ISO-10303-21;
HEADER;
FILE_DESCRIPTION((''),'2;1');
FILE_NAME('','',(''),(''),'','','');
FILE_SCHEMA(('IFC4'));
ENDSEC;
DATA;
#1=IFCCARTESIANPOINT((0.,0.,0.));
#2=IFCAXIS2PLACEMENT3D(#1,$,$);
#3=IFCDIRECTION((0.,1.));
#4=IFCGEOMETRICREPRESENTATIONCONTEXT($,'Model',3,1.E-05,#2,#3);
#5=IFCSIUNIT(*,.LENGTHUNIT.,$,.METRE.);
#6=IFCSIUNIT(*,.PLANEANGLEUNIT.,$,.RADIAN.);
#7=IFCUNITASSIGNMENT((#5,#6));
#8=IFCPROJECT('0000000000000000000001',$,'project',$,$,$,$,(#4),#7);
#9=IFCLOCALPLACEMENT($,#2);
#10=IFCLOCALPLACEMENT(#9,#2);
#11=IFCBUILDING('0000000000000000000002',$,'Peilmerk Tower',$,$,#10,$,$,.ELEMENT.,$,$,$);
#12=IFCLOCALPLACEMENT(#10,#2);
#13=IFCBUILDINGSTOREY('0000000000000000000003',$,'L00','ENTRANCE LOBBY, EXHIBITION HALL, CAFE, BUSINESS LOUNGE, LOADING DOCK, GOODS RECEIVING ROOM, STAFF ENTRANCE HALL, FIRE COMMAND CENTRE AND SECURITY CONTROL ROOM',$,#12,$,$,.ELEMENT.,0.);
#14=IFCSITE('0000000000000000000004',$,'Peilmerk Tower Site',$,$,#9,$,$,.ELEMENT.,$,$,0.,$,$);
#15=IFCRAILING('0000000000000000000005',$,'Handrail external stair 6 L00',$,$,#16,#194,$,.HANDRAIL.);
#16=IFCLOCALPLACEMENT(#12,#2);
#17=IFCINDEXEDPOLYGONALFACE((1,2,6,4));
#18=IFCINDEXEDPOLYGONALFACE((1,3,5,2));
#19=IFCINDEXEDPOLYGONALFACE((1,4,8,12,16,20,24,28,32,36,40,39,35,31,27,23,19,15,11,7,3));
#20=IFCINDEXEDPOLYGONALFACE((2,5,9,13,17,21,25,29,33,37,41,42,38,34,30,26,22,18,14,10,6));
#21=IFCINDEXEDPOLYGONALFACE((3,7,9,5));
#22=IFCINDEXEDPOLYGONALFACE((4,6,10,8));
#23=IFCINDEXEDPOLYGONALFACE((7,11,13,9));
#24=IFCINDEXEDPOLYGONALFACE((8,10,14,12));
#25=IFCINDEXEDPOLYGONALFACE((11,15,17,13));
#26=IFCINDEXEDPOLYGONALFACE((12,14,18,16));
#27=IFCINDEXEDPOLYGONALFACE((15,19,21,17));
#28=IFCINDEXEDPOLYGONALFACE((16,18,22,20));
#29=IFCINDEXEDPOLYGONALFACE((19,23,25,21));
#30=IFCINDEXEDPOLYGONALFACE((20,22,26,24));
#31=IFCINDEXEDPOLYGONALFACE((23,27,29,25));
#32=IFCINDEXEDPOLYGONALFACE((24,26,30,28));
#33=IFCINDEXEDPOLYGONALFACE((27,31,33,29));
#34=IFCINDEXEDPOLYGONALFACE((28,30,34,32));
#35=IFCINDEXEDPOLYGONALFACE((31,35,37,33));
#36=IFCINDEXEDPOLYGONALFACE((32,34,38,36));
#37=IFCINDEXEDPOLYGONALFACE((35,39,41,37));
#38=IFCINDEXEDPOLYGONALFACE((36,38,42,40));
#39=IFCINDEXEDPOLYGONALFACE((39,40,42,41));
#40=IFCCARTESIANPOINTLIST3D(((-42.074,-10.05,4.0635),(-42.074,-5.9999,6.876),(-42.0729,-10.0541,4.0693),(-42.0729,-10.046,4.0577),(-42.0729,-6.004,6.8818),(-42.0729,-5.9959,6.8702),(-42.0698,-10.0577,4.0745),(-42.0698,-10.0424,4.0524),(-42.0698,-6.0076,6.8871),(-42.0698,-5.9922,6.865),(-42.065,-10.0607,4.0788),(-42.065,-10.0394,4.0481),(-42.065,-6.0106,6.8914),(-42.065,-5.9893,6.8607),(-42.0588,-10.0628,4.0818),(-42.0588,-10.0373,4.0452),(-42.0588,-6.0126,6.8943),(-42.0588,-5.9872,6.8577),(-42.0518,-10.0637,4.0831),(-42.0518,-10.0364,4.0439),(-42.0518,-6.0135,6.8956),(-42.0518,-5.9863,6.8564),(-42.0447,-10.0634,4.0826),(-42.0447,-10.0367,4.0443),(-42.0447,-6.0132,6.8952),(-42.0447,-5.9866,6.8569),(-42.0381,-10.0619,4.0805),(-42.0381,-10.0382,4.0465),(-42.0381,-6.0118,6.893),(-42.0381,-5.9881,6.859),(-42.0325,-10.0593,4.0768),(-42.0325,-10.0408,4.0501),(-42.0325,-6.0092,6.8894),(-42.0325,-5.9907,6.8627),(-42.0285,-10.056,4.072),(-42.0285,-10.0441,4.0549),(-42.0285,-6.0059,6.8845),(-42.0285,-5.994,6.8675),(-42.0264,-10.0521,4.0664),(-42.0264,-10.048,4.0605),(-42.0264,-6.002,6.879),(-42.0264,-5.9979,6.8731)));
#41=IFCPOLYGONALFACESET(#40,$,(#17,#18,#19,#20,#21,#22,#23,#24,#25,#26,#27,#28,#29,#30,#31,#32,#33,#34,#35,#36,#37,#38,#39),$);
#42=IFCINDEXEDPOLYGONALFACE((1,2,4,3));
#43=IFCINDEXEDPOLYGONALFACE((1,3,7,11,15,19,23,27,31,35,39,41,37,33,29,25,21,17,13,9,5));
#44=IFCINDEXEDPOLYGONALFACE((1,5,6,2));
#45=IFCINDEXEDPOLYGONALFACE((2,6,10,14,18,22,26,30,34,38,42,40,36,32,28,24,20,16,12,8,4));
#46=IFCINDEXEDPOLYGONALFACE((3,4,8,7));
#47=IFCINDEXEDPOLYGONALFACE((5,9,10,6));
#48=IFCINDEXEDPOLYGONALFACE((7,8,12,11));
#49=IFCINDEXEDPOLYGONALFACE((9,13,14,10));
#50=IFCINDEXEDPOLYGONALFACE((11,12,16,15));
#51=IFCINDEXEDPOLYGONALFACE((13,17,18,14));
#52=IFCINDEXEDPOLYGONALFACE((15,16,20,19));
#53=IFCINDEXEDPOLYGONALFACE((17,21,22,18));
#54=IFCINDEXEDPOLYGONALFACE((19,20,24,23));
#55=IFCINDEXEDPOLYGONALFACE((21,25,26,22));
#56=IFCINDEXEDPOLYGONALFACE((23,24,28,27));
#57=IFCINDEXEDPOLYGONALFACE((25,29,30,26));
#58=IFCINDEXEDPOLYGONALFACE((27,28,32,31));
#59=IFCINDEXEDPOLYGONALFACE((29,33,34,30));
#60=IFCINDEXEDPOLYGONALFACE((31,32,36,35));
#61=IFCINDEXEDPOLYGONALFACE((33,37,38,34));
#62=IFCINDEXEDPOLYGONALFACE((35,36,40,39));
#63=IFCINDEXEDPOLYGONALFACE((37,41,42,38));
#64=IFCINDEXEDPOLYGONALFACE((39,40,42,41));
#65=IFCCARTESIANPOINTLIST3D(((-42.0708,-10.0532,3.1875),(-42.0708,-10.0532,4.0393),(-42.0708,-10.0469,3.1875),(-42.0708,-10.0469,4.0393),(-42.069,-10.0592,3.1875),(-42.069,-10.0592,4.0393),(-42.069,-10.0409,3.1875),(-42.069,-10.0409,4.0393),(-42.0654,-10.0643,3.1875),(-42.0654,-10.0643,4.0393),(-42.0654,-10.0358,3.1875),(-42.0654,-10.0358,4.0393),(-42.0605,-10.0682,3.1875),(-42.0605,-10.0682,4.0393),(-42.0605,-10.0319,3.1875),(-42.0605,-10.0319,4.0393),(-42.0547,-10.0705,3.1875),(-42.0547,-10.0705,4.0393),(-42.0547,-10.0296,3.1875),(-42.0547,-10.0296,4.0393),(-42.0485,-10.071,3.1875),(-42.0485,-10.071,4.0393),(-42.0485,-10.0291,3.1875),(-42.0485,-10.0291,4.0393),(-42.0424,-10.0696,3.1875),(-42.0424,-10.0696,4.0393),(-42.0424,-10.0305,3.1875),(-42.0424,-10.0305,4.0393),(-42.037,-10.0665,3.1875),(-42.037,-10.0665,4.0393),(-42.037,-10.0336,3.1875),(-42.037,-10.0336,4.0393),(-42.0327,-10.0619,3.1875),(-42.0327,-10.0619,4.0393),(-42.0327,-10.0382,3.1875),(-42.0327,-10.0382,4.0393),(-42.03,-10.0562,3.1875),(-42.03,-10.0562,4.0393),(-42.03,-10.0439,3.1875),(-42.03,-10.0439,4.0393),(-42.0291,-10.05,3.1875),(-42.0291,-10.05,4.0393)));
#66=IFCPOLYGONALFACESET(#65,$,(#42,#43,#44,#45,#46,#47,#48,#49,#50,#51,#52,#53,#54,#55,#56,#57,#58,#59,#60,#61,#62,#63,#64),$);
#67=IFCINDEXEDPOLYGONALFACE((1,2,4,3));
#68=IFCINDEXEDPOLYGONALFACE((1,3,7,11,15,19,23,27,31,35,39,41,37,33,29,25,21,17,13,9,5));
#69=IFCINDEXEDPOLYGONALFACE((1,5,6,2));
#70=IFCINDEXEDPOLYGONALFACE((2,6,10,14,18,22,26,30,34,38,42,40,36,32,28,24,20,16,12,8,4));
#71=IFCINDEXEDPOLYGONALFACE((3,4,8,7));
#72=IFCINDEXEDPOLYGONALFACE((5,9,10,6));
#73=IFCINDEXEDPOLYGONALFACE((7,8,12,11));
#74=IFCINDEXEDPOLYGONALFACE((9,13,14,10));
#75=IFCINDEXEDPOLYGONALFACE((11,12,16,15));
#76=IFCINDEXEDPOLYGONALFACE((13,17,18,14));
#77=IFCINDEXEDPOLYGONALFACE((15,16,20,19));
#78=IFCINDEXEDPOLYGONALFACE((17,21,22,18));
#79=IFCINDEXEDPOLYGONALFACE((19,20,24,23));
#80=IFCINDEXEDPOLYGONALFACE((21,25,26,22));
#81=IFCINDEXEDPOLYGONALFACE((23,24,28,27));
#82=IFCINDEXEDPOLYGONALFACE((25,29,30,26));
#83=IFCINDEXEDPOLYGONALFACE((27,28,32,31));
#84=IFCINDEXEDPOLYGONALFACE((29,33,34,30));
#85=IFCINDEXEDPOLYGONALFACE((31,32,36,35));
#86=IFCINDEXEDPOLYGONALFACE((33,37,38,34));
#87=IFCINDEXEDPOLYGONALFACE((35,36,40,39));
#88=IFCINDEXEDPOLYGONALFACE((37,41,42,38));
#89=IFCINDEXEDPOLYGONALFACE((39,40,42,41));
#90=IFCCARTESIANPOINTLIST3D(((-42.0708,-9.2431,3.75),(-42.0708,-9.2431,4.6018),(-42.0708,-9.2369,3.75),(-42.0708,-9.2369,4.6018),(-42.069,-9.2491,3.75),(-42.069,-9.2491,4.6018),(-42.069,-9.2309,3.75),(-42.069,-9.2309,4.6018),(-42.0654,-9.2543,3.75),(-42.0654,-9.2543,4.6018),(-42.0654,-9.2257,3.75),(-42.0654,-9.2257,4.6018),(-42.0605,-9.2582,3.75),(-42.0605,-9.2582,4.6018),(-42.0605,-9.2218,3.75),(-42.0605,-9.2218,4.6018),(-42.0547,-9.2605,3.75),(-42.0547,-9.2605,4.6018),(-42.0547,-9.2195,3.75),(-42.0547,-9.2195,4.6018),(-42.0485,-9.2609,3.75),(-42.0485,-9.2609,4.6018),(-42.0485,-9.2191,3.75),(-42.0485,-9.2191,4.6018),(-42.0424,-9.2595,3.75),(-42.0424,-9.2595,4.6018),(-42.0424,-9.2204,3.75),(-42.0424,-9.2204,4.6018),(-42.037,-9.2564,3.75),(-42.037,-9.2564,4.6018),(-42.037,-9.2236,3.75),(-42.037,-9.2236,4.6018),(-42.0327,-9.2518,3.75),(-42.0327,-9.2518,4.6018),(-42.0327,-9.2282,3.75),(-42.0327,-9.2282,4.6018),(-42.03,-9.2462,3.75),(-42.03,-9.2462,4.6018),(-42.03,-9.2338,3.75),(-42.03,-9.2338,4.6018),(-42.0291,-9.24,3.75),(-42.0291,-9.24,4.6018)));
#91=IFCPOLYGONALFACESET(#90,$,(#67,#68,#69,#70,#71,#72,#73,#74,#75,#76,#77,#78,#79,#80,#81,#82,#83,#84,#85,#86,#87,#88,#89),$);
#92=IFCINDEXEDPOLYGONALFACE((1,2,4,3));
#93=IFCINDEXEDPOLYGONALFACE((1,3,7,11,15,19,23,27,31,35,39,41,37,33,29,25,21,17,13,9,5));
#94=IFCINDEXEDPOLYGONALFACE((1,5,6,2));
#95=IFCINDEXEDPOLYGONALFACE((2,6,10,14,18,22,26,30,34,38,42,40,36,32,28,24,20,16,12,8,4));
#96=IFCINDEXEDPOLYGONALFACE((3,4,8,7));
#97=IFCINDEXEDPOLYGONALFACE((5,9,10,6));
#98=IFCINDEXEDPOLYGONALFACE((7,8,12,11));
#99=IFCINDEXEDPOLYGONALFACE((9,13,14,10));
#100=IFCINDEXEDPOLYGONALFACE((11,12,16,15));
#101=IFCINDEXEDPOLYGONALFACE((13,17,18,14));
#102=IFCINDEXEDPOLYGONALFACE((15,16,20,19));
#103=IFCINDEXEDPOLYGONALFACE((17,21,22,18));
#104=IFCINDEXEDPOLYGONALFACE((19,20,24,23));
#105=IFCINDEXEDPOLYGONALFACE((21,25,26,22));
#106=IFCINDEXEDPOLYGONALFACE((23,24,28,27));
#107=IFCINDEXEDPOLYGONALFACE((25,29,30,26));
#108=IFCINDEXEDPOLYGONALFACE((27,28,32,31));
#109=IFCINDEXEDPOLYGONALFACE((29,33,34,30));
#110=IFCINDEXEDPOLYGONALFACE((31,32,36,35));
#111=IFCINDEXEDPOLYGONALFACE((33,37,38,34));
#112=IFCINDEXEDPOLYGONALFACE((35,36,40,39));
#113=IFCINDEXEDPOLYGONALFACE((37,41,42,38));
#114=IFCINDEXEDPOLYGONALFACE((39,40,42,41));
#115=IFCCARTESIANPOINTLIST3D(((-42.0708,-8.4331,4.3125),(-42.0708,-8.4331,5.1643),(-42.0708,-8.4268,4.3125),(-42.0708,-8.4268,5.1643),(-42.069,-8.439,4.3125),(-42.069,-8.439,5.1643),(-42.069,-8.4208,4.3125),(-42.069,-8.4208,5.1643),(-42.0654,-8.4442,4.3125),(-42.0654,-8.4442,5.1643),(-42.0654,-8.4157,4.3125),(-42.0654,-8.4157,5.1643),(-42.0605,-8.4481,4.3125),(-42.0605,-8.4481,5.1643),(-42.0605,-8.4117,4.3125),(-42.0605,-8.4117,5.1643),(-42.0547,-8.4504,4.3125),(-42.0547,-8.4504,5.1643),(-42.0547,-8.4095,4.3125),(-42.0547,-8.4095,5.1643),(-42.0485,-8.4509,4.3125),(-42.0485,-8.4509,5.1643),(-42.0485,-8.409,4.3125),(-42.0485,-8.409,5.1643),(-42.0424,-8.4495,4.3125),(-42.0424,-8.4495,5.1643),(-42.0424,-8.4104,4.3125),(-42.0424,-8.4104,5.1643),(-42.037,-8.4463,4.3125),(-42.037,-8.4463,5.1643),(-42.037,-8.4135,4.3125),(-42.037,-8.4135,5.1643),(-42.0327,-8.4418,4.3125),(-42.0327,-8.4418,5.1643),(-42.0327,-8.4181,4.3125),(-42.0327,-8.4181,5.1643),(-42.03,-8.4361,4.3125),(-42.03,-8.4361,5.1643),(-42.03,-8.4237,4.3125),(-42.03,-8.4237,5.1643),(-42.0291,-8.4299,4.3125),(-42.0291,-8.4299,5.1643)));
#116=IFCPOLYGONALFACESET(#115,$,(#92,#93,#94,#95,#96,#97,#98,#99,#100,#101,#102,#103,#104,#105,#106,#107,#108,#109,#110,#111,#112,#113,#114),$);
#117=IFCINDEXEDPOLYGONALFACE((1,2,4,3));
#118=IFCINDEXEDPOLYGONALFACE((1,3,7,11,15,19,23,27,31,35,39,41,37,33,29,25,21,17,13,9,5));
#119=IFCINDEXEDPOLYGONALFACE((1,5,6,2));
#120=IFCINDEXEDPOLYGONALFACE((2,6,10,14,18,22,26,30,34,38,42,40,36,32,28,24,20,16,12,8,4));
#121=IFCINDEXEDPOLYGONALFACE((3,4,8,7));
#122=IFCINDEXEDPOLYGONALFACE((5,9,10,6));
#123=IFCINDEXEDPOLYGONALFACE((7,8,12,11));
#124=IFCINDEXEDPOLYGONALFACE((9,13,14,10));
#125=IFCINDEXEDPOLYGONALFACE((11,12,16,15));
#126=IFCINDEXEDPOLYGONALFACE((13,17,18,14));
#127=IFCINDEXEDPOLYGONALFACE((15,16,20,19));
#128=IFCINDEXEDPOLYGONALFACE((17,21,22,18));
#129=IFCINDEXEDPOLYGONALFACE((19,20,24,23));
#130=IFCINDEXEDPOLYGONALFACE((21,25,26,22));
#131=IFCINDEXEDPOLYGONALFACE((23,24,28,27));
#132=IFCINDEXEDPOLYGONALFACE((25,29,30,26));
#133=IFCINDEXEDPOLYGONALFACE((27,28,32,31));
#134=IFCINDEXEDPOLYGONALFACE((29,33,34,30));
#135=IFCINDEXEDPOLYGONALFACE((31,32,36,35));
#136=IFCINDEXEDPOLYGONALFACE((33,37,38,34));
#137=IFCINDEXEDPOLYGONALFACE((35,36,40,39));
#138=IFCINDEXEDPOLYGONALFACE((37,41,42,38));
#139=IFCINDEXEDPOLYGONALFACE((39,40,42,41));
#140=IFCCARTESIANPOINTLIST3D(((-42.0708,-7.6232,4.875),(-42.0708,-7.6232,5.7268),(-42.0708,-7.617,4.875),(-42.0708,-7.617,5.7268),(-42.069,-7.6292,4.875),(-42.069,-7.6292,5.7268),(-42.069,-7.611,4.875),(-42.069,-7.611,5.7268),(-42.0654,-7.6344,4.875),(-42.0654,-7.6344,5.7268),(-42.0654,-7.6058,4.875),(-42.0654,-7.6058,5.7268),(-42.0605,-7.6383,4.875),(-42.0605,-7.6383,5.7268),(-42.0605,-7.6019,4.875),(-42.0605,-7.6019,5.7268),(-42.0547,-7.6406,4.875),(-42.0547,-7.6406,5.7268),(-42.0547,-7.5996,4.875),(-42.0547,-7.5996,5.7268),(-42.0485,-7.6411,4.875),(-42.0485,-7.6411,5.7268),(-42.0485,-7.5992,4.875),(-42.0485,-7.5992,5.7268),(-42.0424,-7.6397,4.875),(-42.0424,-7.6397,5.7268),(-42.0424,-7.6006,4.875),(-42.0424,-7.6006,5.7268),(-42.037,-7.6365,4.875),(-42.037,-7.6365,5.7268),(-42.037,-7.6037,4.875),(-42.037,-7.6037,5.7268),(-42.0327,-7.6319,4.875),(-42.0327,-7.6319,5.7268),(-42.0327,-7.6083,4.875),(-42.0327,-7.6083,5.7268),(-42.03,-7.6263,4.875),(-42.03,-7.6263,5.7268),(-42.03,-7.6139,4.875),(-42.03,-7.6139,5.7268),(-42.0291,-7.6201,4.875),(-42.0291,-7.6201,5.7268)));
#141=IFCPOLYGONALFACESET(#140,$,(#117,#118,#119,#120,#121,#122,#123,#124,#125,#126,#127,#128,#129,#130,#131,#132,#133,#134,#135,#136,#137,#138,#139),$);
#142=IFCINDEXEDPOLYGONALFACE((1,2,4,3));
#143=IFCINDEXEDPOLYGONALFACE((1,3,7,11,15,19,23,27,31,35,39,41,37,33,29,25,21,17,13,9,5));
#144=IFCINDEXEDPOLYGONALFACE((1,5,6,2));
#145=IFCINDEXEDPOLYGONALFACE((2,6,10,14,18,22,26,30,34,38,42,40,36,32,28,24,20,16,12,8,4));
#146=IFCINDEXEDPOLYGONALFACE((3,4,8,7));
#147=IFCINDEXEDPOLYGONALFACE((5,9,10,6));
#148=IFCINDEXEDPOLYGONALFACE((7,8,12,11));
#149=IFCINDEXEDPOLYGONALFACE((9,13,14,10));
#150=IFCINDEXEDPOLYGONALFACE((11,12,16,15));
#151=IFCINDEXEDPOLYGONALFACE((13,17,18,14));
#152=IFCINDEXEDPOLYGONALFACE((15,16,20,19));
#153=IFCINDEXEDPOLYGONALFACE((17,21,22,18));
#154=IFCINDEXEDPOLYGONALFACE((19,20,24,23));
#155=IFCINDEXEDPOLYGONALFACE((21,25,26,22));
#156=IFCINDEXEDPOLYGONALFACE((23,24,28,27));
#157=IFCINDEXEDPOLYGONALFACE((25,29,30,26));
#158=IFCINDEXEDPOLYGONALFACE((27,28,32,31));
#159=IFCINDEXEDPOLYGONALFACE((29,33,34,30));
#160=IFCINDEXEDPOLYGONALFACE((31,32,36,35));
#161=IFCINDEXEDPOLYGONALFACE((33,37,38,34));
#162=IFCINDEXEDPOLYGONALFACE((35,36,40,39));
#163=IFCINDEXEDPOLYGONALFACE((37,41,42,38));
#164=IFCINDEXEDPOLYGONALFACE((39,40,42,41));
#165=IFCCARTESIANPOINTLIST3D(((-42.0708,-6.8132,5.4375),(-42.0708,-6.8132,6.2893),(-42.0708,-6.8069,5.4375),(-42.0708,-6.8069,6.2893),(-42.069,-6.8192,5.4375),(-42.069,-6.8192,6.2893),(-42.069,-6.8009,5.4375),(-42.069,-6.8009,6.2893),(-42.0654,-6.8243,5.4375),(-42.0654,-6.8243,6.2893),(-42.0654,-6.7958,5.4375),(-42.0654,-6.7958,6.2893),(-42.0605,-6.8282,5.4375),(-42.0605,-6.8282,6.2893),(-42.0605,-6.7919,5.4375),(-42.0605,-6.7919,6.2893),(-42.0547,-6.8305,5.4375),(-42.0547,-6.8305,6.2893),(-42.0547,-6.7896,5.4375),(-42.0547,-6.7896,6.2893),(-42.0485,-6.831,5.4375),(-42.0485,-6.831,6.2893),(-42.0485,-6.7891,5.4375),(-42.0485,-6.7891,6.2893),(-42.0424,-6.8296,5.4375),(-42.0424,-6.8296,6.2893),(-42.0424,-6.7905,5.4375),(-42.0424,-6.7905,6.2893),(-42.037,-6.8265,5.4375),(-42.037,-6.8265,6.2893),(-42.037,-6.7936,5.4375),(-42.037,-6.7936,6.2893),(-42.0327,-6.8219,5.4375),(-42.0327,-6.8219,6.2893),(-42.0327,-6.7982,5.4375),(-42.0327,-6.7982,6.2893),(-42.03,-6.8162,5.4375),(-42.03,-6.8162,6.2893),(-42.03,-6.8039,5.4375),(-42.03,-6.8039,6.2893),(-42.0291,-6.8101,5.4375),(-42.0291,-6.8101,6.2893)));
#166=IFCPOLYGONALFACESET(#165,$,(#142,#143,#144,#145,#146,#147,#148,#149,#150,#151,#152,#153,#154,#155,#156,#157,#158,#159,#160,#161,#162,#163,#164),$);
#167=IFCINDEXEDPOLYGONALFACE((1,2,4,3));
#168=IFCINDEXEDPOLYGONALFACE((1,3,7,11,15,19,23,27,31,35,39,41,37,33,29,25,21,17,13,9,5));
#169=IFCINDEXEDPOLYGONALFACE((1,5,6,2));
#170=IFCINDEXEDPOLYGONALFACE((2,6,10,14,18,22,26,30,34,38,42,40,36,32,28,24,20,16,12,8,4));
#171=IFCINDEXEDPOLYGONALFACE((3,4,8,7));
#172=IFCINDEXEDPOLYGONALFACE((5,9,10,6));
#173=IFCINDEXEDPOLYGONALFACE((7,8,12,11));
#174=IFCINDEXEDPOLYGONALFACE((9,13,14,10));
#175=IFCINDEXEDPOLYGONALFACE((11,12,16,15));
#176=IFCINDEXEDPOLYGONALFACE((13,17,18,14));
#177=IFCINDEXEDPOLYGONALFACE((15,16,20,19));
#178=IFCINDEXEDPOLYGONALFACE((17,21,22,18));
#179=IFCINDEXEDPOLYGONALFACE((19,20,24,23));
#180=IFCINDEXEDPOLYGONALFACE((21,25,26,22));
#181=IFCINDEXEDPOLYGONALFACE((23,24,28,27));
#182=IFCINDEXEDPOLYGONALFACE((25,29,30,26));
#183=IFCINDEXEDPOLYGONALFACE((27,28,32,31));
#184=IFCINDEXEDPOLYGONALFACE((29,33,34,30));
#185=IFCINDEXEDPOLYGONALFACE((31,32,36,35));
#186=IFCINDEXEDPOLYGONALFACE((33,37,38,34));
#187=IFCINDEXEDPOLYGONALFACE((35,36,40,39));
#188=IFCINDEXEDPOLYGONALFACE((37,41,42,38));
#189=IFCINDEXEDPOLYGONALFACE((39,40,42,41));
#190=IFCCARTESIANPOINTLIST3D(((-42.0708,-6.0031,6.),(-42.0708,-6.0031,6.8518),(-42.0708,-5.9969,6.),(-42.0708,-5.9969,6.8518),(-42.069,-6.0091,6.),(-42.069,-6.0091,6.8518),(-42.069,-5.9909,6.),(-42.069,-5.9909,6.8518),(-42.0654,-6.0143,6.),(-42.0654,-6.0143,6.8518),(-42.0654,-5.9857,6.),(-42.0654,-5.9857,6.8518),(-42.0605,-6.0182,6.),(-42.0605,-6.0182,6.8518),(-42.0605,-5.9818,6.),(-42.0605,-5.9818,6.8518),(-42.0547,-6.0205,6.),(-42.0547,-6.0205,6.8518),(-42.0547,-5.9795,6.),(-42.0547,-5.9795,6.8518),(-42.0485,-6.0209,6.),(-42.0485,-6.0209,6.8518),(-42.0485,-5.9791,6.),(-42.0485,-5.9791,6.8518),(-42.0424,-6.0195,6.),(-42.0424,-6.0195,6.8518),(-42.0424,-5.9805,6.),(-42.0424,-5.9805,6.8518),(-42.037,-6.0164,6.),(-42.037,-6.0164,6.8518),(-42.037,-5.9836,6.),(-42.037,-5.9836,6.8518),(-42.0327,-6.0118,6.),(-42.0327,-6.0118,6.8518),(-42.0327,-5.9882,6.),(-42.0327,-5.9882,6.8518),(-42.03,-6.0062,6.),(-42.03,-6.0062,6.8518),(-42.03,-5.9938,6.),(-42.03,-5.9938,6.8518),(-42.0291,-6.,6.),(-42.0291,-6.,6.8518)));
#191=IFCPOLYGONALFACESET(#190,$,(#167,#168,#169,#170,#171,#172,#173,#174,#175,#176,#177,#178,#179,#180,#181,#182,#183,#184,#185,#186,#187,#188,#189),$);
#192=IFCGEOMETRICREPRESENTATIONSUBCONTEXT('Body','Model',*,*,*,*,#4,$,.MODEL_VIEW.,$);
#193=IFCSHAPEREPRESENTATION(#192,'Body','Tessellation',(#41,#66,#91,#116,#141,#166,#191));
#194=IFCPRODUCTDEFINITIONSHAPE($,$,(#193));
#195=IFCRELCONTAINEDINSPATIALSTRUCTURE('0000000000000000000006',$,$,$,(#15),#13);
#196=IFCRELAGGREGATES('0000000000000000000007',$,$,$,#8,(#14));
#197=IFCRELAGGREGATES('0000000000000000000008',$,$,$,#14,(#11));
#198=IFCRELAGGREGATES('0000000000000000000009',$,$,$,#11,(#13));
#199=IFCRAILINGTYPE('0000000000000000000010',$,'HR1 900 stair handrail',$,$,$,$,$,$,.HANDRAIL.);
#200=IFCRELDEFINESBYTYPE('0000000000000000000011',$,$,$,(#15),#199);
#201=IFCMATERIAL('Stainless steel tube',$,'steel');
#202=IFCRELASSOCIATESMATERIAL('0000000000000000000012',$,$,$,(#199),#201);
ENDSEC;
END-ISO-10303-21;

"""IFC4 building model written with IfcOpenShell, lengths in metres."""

from ifc_helpers import new_model, si_unit, direction, frame, origin, origin_2d, place, context, subcontext, project, spatial, circle, extrude, material, type_object, element, save


model = new_model("IFC4")

# Units and contexts
model_context = context("Model", 3, precision=1e-05, world=origin(), true_north=direction((0.0, 1.0)))
body_context = subcontext(model_context, "Body", "Model", "MODEL_VIEW")
ifc_project = project(units=[si_unit("LENGTHUNIT", "METRE"), si_unit("PLANEANGLEUNIT", "RADIAN")], contexts=[model_context])

# Site, building, storey
site_placement = place(None, origin())
site = spatial("IfcSite", under=ifc_project, at=site_placement, Name="Peilmerk Tower Site", CompositionType="ELEMENT", RefElevation=0.0)
building_placement = place(site_placement, origin())
building = spatial("IfcBuilding", under=site, at=building_placement, Name="Peilmerk Tower", CompositionType="ELEMENT")
storey_placement = place(building_placement, origin())
storey = spatial("IfcBuildingStorey", under=building, at=storey_placement, Name="L00", Description="ENTRANCE LOBBY, EXHIBITION HALL, CAFE, BUSINESS LOUNGE, LOADING DOCK, GOODS RECEIVING ROOM, STAFF ENTRANCE HALL, FIRE COMMAND CENTRE AND SECURITY CONTROL ROOM", CompositionType="ELEMENT", Elevation=0.0)

# Railing
ifc_material_1 = material(Name="Stainless steel tube", Category="steel")
railing_type_1 = type_object("IfcRailingType", Name="HR1 900 stair handrail", PredefinedType="HANDRAIL", material=ifc_material_1)
for number, where, name in (
    (1, (-42.05, -10.05, 3.1875), "Handrail external stair 6 L00"),
):
    element("IfcRailing", number, at=place(storey_placement, frame(where)), inside=storey, type_object=railing_type_1, Name=name, PredefinedType="HANDRAIL", context=body_context, shape_type="SweptSolid", body=[
        extrude(circle(Radius=0.0239, at=origin_2d()), frame((0.0, 0.0, 0.876), z_axis=(0.0, 0.821373, 0.570391), x_axis=(-1.0, 0.0, 0.0)), (0.0, 0.0, 1.0), 4.9309),
        extrude(circle(Radius=0.021, at=origin_2d()), origin(), (0.0, 0.0, 1.0), 0.8518),
        extrude(circle(Radius=0.021, at=origin_2d()), frame((0.0, 0.8101, 0.5625)), (0.0, 0.0, 1.0), 0.8518),
        extrude(circle(Radius=0.021, at=origin_2d()), frame((0.0, 1.6201, 1.125)), (0.0, 0.0, 1.0), 0.8518),
        extrude(circle(Radius=0.021, at=origin_2d()), frame((0.0, 2.4299, 1.6875)), (0.0, 0.0, 1.0), 0.8518),
        extrude(circle(Radius=0.021, at=origin_2d()), frame((0.0, 3.24, 2.25)), (0.0, 0.0, 1.0), 0.8518),
        extrude(circle(Radius=0.021, at=origin_2d()), frame((0.0, 4.05, 2.8125)), (0.0, 0.0, 1.0), 0.8518),
    ])

save(model, "model.ifc")
